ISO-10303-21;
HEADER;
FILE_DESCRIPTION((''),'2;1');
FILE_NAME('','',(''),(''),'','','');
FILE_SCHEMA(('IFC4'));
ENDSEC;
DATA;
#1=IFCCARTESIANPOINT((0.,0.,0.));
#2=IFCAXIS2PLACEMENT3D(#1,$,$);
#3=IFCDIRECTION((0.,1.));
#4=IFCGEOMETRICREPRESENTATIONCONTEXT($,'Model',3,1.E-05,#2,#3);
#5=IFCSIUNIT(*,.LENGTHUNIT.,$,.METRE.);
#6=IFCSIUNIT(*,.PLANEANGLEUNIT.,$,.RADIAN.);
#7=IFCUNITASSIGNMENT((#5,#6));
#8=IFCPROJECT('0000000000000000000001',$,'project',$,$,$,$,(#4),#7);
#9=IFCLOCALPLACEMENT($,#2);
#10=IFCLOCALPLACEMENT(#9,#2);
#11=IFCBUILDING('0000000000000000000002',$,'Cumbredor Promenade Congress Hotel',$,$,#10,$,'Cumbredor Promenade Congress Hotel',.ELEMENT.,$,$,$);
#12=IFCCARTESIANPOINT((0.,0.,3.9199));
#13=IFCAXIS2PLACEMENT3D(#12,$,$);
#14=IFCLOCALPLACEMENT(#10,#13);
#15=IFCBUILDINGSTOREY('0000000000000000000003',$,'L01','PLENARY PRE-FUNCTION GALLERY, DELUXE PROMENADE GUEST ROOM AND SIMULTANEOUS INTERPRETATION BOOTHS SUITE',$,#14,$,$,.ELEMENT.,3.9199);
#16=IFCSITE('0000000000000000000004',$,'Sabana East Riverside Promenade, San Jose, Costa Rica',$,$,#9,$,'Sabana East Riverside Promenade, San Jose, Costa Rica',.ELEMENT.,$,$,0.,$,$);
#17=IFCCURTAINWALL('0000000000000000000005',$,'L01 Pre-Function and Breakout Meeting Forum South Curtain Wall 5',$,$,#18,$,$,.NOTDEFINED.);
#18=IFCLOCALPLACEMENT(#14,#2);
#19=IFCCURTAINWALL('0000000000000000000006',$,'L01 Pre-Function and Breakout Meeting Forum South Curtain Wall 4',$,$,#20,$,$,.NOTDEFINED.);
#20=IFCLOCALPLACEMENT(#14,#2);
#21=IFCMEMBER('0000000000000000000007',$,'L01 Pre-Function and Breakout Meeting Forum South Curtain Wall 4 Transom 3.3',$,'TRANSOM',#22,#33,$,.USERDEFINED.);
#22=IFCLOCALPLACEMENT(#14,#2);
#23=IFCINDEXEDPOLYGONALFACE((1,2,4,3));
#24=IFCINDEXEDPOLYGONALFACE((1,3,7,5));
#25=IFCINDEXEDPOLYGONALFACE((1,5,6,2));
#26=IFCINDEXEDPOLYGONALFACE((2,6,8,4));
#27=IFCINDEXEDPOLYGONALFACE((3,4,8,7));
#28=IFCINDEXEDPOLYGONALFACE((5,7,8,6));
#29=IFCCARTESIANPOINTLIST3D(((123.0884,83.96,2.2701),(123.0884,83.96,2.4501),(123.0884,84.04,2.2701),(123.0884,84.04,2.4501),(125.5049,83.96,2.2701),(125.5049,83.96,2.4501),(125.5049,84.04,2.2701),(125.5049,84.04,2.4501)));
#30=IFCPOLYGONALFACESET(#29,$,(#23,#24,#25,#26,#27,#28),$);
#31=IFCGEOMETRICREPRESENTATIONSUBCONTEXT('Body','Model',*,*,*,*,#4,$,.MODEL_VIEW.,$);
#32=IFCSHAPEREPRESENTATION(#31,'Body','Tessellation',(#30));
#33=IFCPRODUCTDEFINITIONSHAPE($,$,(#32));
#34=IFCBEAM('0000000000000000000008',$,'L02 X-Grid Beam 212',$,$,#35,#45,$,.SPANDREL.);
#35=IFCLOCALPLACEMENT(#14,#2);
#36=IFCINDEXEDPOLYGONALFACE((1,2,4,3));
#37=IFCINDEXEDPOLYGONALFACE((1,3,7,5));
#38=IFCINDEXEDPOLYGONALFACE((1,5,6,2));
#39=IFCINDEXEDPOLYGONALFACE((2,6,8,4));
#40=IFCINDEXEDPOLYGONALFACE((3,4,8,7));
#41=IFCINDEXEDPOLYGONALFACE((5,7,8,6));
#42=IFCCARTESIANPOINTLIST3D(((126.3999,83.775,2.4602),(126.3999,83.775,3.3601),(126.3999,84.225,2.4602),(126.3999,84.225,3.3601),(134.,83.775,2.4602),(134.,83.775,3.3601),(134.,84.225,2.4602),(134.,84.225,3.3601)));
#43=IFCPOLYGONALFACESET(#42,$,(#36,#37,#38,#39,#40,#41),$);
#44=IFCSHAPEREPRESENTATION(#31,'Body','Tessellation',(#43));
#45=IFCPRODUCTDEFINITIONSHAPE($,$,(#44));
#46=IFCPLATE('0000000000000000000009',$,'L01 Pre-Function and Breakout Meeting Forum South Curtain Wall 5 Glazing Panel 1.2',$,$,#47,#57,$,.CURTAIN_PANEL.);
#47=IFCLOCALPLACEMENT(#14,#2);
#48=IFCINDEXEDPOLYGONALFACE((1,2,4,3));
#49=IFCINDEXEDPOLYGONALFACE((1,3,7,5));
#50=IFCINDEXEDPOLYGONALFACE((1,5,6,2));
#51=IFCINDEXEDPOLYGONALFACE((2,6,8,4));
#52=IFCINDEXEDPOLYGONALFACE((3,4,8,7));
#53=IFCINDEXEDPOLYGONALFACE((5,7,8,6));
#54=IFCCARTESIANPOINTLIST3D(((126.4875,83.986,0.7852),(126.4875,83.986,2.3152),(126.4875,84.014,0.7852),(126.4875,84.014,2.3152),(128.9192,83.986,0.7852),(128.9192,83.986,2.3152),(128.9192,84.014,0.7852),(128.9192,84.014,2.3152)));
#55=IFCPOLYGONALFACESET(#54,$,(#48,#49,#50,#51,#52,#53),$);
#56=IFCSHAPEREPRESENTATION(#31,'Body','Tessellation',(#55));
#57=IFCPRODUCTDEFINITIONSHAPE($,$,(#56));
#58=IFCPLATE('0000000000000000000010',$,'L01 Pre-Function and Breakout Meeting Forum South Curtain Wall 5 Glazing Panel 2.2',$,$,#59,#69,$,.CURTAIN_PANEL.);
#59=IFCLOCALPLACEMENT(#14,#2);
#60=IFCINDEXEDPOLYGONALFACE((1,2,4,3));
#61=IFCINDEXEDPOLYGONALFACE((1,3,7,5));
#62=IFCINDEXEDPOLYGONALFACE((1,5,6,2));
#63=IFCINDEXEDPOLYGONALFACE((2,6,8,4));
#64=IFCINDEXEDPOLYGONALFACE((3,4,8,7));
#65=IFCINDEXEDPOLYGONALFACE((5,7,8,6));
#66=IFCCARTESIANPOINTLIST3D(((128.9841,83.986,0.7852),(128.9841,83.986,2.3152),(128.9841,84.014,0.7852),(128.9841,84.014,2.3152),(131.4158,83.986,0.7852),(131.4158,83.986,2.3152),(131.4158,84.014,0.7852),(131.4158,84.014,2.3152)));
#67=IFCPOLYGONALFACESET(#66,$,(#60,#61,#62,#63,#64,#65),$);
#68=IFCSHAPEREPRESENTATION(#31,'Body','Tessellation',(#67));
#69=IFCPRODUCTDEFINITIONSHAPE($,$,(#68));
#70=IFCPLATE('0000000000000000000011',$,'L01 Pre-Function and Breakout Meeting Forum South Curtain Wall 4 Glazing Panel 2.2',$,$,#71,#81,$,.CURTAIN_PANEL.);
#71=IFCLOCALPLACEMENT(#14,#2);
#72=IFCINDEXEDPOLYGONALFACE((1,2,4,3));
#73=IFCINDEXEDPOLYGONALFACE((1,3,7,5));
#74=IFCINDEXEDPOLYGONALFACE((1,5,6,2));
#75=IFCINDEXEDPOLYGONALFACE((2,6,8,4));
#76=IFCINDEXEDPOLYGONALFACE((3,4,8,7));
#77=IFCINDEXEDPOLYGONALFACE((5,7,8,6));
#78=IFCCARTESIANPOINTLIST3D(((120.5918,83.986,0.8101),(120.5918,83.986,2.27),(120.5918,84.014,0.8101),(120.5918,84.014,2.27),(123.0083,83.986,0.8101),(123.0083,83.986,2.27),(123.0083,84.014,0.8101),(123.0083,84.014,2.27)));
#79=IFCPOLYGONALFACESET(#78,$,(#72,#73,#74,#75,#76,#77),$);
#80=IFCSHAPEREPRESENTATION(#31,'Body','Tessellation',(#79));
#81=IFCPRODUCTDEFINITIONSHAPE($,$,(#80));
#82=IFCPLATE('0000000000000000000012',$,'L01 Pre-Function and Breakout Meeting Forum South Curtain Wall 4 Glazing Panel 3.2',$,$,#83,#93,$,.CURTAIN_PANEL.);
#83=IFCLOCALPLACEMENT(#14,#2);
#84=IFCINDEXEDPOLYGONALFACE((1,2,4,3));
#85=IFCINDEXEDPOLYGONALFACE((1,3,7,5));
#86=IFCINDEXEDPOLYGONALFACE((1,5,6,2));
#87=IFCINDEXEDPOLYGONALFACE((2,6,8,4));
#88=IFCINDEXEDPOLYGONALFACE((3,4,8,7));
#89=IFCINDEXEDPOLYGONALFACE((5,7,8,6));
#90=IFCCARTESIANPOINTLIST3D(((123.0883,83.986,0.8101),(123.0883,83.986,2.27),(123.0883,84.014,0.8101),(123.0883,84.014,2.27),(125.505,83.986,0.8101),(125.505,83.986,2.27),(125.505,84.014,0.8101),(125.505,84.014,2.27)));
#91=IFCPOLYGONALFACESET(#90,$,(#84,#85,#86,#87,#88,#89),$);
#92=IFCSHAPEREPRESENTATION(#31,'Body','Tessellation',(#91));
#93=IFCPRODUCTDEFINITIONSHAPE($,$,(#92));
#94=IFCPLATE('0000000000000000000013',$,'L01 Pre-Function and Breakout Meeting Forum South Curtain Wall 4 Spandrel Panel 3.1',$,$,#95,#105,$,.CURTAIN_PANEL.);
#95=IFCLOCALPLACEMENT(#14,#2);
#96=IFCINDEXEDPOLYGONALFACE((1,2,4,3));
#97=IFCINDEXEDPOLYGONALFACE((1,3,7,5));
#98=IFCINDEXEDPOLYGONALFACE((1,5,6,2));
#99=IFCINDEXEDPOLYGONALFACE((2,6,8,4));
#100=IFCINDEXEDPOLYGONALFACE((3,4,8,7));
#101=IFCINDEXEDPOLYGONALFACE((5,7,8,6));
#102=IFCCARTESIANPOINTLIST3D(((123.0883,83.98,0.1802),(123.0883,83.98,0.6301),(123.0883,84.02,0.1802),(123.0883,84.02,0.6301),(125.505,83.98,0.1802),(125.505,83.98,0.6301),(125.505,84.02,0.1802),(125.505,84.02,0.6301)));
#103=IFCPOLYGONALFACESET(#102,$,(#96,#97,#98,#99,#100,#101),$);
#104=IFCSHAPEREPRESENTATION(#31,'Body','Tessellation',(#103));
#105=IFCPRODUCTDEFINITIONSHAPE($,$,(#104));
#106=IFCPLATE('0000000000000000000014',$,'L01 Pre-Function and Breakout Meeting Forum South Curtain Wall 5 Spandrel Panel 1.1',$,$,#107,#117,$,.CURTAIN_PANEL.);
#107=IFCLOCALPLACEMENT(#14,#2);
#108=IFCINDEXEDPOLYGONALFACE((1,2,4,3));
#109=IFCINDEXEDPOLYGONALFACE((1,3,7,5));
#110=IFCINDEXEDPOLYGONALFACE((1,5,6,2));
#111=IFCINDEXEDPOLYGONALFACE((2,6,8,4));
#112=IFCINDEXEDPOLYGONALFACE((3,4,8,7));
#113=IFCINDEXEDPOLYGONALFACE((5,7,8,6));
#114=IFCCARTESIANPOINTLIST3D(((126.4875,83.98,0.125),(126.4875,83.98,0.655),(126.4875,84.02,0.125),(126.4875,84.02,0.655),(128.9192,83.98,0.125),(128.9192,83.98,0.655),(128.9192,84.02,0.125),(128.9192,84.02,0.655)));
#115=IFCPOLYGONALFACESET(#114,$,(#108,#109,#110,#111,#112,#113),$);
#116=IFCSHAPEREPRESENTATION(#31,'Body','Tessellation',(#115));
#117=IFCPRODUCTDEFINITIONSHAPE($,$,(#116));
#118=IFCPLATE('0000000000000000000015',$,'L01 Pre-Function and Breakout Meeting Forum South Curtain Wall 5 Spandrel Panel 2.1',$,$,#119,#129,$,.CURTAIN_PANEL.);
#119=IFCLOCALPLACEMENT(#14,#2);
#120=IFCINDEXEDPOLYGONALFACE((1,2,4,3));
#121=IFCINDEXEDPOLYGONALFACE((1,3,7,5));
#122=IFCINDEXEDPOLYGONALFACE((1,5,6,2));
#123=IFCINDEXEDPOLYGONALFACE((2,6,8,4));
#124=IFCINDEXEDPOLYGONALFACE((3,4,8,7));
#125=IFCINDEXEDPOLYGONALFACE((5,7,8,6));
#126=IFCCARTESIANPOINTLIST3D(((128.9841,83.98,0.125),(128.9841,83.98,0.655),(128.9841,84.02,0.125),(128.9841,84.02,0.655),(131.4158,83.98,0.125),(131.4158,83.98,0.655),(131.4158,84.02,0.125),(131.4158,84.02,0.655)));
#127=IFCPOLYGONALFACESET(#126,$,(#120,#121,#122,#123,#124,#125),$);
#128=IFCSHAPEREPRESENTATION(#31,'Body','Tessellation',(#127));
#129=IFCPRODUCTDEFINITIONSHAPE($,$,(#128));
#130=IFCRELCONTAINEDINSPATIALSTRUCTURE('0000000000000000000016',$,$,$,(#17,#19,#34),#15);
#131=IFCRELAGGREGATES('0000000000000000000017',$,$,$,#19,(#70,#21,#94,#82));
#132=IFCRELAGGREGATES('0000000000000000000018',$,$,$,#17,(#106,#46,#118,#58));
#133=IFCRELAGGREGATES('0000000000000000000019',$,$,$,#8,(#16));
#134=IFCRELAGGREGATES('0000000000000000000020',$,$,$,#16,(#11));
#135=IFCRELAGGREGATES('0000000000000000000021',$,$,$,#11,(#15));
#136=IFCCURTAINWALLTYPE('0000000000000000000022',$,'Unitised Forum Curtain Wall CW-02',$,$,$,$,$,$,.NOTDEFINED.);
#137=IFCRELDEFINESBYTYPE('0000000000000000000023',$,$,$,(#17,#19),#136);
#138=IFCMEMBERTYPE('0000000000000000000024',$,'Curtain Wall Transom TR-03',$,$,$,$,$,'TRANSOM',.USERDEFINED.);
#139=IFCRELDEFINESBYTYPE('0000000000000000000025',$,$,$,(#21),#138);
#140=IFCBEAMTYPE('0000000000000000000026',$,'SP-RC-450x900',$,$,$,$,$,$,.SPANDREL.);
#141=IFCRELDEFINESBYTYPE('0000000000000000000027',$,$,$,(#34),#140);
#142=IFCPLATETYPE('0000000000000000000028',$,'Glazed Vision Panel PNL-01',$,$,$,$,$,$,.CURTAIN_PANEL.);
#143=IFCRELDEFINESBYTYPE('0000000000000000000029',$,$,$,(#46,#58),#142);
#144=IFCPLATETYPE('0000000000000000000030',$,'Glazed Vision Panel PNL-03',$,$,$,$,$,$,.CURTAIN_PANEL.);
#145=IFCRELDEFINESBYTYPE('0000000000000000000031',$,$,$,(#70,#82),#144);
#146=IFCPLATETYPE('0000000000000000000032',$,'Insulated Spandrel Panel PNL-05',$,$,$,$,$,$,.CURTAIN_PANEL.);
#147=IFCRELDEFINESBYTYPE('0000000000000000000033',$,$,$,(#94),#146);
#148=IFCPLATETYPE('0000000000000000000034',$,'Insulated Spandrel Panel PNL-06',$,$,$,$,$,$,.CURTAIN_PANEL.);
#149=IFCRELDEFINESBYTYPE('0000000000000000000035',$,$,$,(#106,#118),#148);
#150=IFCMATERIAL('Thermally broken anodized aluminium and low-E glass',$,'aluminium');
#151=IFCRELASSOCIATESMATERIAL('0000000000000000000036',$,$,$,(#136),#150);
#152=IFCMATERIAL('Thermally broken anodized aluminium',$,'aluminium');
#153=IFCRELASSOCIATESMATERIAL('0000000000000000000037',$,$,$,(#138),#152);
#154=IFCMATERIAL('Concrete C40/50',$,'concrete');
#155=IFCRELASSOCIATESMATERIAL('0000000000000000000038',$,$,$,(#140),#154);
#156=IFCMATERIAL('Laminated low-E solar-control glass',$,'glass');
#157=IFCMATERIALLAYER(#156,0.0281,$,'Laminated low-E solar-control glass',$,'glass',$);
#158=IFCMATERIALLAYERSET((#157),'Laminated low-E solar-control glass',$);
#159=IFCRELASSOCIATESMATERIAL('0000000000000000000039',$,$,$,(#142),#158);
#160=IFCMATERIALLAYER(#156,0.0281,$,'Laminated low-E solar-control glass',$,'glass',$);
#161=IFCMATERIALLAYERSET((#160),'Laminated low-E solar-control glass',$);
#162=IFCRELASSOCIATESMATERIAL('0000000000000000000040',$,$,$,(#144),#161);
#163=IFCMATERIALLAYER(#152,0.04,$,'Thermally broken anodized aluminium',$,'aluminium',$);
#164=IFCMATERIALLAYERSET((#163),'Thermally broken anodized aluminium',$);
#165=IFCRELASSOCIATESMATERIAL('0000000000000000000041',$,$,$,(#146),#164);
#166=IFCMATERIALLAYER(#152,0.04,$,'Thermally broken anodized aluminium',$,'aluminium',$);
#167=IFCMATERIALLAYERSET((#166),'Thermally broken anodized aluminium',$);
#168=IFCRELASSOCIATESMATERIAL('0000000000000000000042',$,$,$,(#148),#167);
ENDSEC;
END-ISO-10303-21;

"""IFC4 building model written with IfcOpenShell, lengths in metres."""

from ifc_helpers import new_model, si_unit, direction, frame, origin, origin_2d, place, context, subcontext, project, spatial, rectangle, extrude, material, layer, layer_set, material_profile, profile_set, type_object, element, aggregate, save


model = new_model("IFC4")

# Units and contexts
model_context = context("Model", 3, precision=1e-05, world=origin(), true_north=direction((0.0, 1.0)))
body_context = subcontext(model_context, "Body", "Model", "MODEL_VIEW")
ifc_project = project(units=[si_unit("LENGTHUNIT", "METRE"), si_unit("PLANEANGLEUNIT", "RADIAN")], contexts=[model_context])

# Site, building, storey
site_placement = place(None, origin())
site = spatial("IfcSite", under=ifc_project, at=site_placement, Name="Sabana East Riverside Promenade, San Jose, Costa Rica", LongName="Sabana East Riverside Promenade, San Jose, Costa Rica", CompositionType="ELEMENT", RefElevation=0.0)
building_placement = place(site_placement, origin())
building = spatial("IfcBuilding", under=site, at=building_placement, Name="Cumbredor Promenade Congress Hotel", LongName="Cumbredor Promenade Congress Hotel", CompositionType="ELEMENT")
storey_placement = place(building_placement, frame((0.0, 0.0, 3.9199)))
storey = spatial("IfcBuildingStorey", under=building, at=storey_placement, Name="L01", Description="PLENARY PRE-FUNCTION GALLERY, DELUXE PROMENADE GUEST ROOM AND SIMULTANEOUS INTERPRETATION BOOTHS SUITE", CompositionType="ELEMENT", Elevation=3.9199)

# Curtain walls
ifc_material_1 = material(Name="Thermally broken anodized aluminium and low-E glass", Category="aluminium")
curtain_wall_type = type_object("IfcCurtainWallType", Name="Unitised Forum Curtain Wall CW-02", PredefinedType="NOTDEFINED", material=ifc_material_1)
curtain_wall_1_placement = place(storey_placement, origin())
curtain_wall_1 = element("IfcCurtainWall", 1, at=curtain_wall_1_placement, inside=storey, type_object=curtain_wall_type, Name="L01 Pre-Function and Breakout Meeting Forum South Curtain Wall 5", PredefinedType="NOTDEFINED")
ifc_material_2 = material(Name="Thermally broken anodized aluminium", Category="aluminium")
curtain_wall_2_placement = place(storey_placement, origin())
curtain_wall_2 = element("IfcCurtainWall", 2, at=curtain_wall_2_placement, inside=storey, type_object=curtain_wall_type, Name="L01 Pre-Function and Breakout Meeting Forum South Curtain Wall 4", PredefinedType="NOTDEFINED")

# Member
ifc_material_profile_1 = material_profile(ifc_material_2, rectangle(XDim=0.0801, YDim=0.1799, at=origin_2d()), Name="ALU TRANSOM 80x180")
ifc_profile_set_1 = profile_set([ifc_material_profile_1], Name="Thermally broken anodized aluminium")
member_type_1 = type_object("IfcMemberType", Name="Curtain Wall Transom TR-03", ElementType="TRANSOM", PredefinedType="USERDEFINED", material=ifc_profile_set_1)
member_1_placement = place(storey_placement, frame((123.0884, 84.0, 2.3601), z_axis=(1.0, 0.0, 0.0), x_axis=(0.0, 1.0, 0.0)))
member_1 = element("IfcMember", 3, at=member_1_placement, type_object=member_type_1, Name="L01 Pre-Function and Breakout Meeting Forum South Curtain Wall 4 Transom 3.3", ObjectType="TRANSOM", PredefinedType="USERDEFINED", context=body_context, shape_type="SweptSolid", body=[
    extrude(rectangle(XDim=0.0801, YDim=0.1799, at=origin_2d()), origin(), (0.0, 0.0, 1.0), 2.4165),
])

# Beam
ifc_material_3 = material(Name="Concrete C40/50", Category="concrete")
ifc_material_profile_2 = material_profile(ifc_material_3, rectangle(XDim=0.45, YDim=0.8999, at=origin_2d()), Name="RC SPANDREL 450x900")
ifc_profile_set_2 = profile_set([ifc_material_profile_2], Name="Concrete C40/50")
beam_type = type_object("IfcBeamType", Name="SP-RC-450x900", PredefinedType="SPANDREL", material=ifc_profile_set_2)
beam_placement = place(storey_placement, frame((126.3999, 84.0, 2.9102), z_axis=(1.0, 0.0, 0.0), x_axis=(0.0, 1.0, 0.0)))
element("IfcBeam", 4, at=beam_placement, inside=storey, type_object=beam_type, Name="L02 X-Grid Beam 212", PredefinedType="SPANDREL", context=body_context, shape_type="SweptSolid", body=[
    extrude(rectangle(XDim=0.45, YDim=0.8999, at=origin_2d()), origin(), (0.0, 0.0, 1.0), 7.6001),
])

# Plates
ifc_material_4 = material(Name="Laminated low-E solar-control glass", Category="glass")
ifc_layer_1 = layer(ifc_material_4, 0.0281, Name="Laminated low-E solar-control glass", Category="glass")
ifc_layer_set_1 = layer_set([ifc_layer_1], Name="Laminated low-E solar-control glass")
plate_type_1 = type_object("IfcPlateType", Name="Glazed Vision Panel PNL-01", PredefinedType="CURTAIN_PANEL", material=ifc_layer_set_1)
plate_1_placement = place(storey_placement, frame((127.7034, 84.0, 0.7852), z_axis=(0.0, 0.0, 1.0), x_axis=(1.0, 0.0, 0.0)))
plate_1 = element("IfcPlate", 5, at=plate_1_placement, type_object=plate_type_1, Name="L01 Pre-Function and Breakout Meeting Forum South Curtain Wall 5 Glazing Panel 1.2", PredefinedType="CURTAIN_PANEL", context=body_context, shape_type="SweptSolid", body=[
    extrude(rectangle(XDim=2.4316, YDim=0.0281, at=origin_2d()), origin(), (0.0, 0.0, 1.0), 1.53),
])
plate_2_placement = place(storey_placement, frame((130.2, 84.0, 0.7852), z_axis=(0.0, 0.0, 1.0), x_axis=(1.0, 0.0, 0.0)))
plate_2 = element("IfcPlate", 6, at=plate_2_placement, type_object=plate_type_1, Name="L01 Pre-Function and Breakout Meeting Forum South Curtain Wall 5 Glazing Panel 2.2", PredefinedType="CURTAIN_PANEL", context=body_context, shape_type="SweptSolid", body=[
    extrude(rectangle(XDim=2.4316, YDim=0.0281, at=origin_2d()), origin(), (0.0, 0.0, 1.0), 1.53),
])
ifc_layer_2 = layer(ifc_material_4, 0.0281, Name="Laminated low-E solar-control glass", Category="glass")
ifc_layer_set_2 = layer_set([ifc_layer_2], Name="Laminated low-E solar-control glass")
plate_type_2 = type_object("IfcPlateType", Name="Glazed Vision Panel PNL-03", PredefinedType="CURTAIN_PANEL", material=ifc_layer_set_2)
plate_3_placement = place(storey_placement, frame((121.8, 84.0, 0.8101), z_axis=(0.0, 0.0, 1.0), x_axis=(1.0, 0.0, 0.0)))
plate_3 = element("IfcPlate", 7, at=plate_3_placement, type_object=plate_type_2, Name="L01 Pre-Function and Breakout Meeting Forum South Curtain Wall 4 Glazing Panel 2.2", PredefinedType="CURTAIN_PANEL", context=body_context, shape_type="SweptSolid", body=[
    extrude(rectangle(XDim=2.4165, YDim=0.0281, at=origin_2d()), origin(), (0.0, 0.0, 1.0), 1.46),
])
plate_4_placement = place(storey_placement, frame((124.2966, 84.0, 0.8101), z_axis=(0.0, 0.0, 1.0), x_axis=(1.0, 0.0, 0.0)))
plate_4 = element("IfcPlate", 8, at=plate_4_placement, type_object=plate_type_2, Name="L01 Pre-Function and Breakout Meeting Forum South Curtain Wall 4 Glazing Panel 3.2", PredefinedType="CURTAIN_PANEL", context=body_context, shape_type="SweptSolid", body=[
    extrude(rectangle(XDim=2.4167, YDim=0.0281, at=origin_2d()), origin(), (0.0, 0.0, 1.0), 1.46),
])
ifc_layer_3 = layer(ifc_material_2, 0.04, Name="Thermally broken anodized aluminium", Category="aluminium")
ifc_layer_set_3 = layer_set([ifc_layer_3], Name="Thermally broken anodized aluminium")
plate_type_3 = type_object("IfcPlateType", Name="Insulated Spandrel Panel PNL-05", PredefinedType="CURTAIN_PANEL", material=ifc_layer_set_3)
plate_5_placement = place(storey_placement, frame((124.2966, 84.0, 0.1802), z_axis=(0.0, 0.0, 1.0), x_axis=(1.0, 0.0, 0.0)))
plate_5 = element("IfcPlate", 9, at=plate_5_placement, type_object=plate_type_3, Name="L01 Pre-Function and Breakout Meeting Forum South Curtain Wall 4 Spandrel Panel 3.1", PredefinedType="CURTAIN_PANEL", context=body_context, shape_type="SweptSolid", body=[
    extrude(rectangle(XDim=2.4167, YDim=0.04, at=origin_2d()), origin(), (0.0, 0.0, 1.0), 0.45),
])
aggregate(curtain_wall_2, [plate_3, member_1, plate_5, plate_4])
ifc_layer_4 = layer(ifc_material_2, 0.04, Name="Thermally broken anodized aluminium", Category="aluminium")
ifc_layer_set_4 = layer_set([ifc_layer_4], Name="Thermally broken anodized aluminium")
plate_type_4 = type_object("IfcPlateType", Name="Insulated Spandrel Panel PNL-06", PredefinedType="CURTAIN_PANEL", material=ifc_layer_set_4)
plate_6_placement = place(storey_placement, frame((127.7034, 84.0, 0.125), z_axis=(0.0, 0.0, 1.0), x_axis=(1.0, 0.0, 0.0)))
plate_6 = element("IfcPlate", 10, at=plate_6_placement, type_object=plate_type_4, Name="L01 Pre-Function and Breakout Meeting Forum South Curtain Wall 5 Spandrel Panel 1.1", PredefinedType="CURTAIN_PANEL", context=body_context, shape_type="SweptSolid", body=[
    extrude(rectangle(XDim=2.4316, YDim=0.04, at=origin_2d()), origin(), (0.0, 0.0, 1.0), 0.53),
])
plate_7_placement = place(storey_placement, frame((130.2, 84.0, 0.125), z_axis=(0.0, 0.0, 1.0), x_axis=(1.0, 0.0, 0.0)))
plate_7 = element("IfcPlate", 11, at=plate_7_placement, type_object=plate_type_4, Name="L01 Pre-Function and Breakout Meeting Forum South Curtain Wall 5 Spandrel Panel 2.1", PredefinedType="CURTAIN_PANEL", context=body_context, shape_type="SweptSolid", body=[
    extrude(rectangle(XDim=2.4316, YDim=0.04, at=origin_2d()), origin(), (0.0, 0.0, 1.0), 0.53),
])
aggregate(curtain_wall_1, [plate_6, plate_1, plate_7, plate_2])

save(model, "model.ifc")
